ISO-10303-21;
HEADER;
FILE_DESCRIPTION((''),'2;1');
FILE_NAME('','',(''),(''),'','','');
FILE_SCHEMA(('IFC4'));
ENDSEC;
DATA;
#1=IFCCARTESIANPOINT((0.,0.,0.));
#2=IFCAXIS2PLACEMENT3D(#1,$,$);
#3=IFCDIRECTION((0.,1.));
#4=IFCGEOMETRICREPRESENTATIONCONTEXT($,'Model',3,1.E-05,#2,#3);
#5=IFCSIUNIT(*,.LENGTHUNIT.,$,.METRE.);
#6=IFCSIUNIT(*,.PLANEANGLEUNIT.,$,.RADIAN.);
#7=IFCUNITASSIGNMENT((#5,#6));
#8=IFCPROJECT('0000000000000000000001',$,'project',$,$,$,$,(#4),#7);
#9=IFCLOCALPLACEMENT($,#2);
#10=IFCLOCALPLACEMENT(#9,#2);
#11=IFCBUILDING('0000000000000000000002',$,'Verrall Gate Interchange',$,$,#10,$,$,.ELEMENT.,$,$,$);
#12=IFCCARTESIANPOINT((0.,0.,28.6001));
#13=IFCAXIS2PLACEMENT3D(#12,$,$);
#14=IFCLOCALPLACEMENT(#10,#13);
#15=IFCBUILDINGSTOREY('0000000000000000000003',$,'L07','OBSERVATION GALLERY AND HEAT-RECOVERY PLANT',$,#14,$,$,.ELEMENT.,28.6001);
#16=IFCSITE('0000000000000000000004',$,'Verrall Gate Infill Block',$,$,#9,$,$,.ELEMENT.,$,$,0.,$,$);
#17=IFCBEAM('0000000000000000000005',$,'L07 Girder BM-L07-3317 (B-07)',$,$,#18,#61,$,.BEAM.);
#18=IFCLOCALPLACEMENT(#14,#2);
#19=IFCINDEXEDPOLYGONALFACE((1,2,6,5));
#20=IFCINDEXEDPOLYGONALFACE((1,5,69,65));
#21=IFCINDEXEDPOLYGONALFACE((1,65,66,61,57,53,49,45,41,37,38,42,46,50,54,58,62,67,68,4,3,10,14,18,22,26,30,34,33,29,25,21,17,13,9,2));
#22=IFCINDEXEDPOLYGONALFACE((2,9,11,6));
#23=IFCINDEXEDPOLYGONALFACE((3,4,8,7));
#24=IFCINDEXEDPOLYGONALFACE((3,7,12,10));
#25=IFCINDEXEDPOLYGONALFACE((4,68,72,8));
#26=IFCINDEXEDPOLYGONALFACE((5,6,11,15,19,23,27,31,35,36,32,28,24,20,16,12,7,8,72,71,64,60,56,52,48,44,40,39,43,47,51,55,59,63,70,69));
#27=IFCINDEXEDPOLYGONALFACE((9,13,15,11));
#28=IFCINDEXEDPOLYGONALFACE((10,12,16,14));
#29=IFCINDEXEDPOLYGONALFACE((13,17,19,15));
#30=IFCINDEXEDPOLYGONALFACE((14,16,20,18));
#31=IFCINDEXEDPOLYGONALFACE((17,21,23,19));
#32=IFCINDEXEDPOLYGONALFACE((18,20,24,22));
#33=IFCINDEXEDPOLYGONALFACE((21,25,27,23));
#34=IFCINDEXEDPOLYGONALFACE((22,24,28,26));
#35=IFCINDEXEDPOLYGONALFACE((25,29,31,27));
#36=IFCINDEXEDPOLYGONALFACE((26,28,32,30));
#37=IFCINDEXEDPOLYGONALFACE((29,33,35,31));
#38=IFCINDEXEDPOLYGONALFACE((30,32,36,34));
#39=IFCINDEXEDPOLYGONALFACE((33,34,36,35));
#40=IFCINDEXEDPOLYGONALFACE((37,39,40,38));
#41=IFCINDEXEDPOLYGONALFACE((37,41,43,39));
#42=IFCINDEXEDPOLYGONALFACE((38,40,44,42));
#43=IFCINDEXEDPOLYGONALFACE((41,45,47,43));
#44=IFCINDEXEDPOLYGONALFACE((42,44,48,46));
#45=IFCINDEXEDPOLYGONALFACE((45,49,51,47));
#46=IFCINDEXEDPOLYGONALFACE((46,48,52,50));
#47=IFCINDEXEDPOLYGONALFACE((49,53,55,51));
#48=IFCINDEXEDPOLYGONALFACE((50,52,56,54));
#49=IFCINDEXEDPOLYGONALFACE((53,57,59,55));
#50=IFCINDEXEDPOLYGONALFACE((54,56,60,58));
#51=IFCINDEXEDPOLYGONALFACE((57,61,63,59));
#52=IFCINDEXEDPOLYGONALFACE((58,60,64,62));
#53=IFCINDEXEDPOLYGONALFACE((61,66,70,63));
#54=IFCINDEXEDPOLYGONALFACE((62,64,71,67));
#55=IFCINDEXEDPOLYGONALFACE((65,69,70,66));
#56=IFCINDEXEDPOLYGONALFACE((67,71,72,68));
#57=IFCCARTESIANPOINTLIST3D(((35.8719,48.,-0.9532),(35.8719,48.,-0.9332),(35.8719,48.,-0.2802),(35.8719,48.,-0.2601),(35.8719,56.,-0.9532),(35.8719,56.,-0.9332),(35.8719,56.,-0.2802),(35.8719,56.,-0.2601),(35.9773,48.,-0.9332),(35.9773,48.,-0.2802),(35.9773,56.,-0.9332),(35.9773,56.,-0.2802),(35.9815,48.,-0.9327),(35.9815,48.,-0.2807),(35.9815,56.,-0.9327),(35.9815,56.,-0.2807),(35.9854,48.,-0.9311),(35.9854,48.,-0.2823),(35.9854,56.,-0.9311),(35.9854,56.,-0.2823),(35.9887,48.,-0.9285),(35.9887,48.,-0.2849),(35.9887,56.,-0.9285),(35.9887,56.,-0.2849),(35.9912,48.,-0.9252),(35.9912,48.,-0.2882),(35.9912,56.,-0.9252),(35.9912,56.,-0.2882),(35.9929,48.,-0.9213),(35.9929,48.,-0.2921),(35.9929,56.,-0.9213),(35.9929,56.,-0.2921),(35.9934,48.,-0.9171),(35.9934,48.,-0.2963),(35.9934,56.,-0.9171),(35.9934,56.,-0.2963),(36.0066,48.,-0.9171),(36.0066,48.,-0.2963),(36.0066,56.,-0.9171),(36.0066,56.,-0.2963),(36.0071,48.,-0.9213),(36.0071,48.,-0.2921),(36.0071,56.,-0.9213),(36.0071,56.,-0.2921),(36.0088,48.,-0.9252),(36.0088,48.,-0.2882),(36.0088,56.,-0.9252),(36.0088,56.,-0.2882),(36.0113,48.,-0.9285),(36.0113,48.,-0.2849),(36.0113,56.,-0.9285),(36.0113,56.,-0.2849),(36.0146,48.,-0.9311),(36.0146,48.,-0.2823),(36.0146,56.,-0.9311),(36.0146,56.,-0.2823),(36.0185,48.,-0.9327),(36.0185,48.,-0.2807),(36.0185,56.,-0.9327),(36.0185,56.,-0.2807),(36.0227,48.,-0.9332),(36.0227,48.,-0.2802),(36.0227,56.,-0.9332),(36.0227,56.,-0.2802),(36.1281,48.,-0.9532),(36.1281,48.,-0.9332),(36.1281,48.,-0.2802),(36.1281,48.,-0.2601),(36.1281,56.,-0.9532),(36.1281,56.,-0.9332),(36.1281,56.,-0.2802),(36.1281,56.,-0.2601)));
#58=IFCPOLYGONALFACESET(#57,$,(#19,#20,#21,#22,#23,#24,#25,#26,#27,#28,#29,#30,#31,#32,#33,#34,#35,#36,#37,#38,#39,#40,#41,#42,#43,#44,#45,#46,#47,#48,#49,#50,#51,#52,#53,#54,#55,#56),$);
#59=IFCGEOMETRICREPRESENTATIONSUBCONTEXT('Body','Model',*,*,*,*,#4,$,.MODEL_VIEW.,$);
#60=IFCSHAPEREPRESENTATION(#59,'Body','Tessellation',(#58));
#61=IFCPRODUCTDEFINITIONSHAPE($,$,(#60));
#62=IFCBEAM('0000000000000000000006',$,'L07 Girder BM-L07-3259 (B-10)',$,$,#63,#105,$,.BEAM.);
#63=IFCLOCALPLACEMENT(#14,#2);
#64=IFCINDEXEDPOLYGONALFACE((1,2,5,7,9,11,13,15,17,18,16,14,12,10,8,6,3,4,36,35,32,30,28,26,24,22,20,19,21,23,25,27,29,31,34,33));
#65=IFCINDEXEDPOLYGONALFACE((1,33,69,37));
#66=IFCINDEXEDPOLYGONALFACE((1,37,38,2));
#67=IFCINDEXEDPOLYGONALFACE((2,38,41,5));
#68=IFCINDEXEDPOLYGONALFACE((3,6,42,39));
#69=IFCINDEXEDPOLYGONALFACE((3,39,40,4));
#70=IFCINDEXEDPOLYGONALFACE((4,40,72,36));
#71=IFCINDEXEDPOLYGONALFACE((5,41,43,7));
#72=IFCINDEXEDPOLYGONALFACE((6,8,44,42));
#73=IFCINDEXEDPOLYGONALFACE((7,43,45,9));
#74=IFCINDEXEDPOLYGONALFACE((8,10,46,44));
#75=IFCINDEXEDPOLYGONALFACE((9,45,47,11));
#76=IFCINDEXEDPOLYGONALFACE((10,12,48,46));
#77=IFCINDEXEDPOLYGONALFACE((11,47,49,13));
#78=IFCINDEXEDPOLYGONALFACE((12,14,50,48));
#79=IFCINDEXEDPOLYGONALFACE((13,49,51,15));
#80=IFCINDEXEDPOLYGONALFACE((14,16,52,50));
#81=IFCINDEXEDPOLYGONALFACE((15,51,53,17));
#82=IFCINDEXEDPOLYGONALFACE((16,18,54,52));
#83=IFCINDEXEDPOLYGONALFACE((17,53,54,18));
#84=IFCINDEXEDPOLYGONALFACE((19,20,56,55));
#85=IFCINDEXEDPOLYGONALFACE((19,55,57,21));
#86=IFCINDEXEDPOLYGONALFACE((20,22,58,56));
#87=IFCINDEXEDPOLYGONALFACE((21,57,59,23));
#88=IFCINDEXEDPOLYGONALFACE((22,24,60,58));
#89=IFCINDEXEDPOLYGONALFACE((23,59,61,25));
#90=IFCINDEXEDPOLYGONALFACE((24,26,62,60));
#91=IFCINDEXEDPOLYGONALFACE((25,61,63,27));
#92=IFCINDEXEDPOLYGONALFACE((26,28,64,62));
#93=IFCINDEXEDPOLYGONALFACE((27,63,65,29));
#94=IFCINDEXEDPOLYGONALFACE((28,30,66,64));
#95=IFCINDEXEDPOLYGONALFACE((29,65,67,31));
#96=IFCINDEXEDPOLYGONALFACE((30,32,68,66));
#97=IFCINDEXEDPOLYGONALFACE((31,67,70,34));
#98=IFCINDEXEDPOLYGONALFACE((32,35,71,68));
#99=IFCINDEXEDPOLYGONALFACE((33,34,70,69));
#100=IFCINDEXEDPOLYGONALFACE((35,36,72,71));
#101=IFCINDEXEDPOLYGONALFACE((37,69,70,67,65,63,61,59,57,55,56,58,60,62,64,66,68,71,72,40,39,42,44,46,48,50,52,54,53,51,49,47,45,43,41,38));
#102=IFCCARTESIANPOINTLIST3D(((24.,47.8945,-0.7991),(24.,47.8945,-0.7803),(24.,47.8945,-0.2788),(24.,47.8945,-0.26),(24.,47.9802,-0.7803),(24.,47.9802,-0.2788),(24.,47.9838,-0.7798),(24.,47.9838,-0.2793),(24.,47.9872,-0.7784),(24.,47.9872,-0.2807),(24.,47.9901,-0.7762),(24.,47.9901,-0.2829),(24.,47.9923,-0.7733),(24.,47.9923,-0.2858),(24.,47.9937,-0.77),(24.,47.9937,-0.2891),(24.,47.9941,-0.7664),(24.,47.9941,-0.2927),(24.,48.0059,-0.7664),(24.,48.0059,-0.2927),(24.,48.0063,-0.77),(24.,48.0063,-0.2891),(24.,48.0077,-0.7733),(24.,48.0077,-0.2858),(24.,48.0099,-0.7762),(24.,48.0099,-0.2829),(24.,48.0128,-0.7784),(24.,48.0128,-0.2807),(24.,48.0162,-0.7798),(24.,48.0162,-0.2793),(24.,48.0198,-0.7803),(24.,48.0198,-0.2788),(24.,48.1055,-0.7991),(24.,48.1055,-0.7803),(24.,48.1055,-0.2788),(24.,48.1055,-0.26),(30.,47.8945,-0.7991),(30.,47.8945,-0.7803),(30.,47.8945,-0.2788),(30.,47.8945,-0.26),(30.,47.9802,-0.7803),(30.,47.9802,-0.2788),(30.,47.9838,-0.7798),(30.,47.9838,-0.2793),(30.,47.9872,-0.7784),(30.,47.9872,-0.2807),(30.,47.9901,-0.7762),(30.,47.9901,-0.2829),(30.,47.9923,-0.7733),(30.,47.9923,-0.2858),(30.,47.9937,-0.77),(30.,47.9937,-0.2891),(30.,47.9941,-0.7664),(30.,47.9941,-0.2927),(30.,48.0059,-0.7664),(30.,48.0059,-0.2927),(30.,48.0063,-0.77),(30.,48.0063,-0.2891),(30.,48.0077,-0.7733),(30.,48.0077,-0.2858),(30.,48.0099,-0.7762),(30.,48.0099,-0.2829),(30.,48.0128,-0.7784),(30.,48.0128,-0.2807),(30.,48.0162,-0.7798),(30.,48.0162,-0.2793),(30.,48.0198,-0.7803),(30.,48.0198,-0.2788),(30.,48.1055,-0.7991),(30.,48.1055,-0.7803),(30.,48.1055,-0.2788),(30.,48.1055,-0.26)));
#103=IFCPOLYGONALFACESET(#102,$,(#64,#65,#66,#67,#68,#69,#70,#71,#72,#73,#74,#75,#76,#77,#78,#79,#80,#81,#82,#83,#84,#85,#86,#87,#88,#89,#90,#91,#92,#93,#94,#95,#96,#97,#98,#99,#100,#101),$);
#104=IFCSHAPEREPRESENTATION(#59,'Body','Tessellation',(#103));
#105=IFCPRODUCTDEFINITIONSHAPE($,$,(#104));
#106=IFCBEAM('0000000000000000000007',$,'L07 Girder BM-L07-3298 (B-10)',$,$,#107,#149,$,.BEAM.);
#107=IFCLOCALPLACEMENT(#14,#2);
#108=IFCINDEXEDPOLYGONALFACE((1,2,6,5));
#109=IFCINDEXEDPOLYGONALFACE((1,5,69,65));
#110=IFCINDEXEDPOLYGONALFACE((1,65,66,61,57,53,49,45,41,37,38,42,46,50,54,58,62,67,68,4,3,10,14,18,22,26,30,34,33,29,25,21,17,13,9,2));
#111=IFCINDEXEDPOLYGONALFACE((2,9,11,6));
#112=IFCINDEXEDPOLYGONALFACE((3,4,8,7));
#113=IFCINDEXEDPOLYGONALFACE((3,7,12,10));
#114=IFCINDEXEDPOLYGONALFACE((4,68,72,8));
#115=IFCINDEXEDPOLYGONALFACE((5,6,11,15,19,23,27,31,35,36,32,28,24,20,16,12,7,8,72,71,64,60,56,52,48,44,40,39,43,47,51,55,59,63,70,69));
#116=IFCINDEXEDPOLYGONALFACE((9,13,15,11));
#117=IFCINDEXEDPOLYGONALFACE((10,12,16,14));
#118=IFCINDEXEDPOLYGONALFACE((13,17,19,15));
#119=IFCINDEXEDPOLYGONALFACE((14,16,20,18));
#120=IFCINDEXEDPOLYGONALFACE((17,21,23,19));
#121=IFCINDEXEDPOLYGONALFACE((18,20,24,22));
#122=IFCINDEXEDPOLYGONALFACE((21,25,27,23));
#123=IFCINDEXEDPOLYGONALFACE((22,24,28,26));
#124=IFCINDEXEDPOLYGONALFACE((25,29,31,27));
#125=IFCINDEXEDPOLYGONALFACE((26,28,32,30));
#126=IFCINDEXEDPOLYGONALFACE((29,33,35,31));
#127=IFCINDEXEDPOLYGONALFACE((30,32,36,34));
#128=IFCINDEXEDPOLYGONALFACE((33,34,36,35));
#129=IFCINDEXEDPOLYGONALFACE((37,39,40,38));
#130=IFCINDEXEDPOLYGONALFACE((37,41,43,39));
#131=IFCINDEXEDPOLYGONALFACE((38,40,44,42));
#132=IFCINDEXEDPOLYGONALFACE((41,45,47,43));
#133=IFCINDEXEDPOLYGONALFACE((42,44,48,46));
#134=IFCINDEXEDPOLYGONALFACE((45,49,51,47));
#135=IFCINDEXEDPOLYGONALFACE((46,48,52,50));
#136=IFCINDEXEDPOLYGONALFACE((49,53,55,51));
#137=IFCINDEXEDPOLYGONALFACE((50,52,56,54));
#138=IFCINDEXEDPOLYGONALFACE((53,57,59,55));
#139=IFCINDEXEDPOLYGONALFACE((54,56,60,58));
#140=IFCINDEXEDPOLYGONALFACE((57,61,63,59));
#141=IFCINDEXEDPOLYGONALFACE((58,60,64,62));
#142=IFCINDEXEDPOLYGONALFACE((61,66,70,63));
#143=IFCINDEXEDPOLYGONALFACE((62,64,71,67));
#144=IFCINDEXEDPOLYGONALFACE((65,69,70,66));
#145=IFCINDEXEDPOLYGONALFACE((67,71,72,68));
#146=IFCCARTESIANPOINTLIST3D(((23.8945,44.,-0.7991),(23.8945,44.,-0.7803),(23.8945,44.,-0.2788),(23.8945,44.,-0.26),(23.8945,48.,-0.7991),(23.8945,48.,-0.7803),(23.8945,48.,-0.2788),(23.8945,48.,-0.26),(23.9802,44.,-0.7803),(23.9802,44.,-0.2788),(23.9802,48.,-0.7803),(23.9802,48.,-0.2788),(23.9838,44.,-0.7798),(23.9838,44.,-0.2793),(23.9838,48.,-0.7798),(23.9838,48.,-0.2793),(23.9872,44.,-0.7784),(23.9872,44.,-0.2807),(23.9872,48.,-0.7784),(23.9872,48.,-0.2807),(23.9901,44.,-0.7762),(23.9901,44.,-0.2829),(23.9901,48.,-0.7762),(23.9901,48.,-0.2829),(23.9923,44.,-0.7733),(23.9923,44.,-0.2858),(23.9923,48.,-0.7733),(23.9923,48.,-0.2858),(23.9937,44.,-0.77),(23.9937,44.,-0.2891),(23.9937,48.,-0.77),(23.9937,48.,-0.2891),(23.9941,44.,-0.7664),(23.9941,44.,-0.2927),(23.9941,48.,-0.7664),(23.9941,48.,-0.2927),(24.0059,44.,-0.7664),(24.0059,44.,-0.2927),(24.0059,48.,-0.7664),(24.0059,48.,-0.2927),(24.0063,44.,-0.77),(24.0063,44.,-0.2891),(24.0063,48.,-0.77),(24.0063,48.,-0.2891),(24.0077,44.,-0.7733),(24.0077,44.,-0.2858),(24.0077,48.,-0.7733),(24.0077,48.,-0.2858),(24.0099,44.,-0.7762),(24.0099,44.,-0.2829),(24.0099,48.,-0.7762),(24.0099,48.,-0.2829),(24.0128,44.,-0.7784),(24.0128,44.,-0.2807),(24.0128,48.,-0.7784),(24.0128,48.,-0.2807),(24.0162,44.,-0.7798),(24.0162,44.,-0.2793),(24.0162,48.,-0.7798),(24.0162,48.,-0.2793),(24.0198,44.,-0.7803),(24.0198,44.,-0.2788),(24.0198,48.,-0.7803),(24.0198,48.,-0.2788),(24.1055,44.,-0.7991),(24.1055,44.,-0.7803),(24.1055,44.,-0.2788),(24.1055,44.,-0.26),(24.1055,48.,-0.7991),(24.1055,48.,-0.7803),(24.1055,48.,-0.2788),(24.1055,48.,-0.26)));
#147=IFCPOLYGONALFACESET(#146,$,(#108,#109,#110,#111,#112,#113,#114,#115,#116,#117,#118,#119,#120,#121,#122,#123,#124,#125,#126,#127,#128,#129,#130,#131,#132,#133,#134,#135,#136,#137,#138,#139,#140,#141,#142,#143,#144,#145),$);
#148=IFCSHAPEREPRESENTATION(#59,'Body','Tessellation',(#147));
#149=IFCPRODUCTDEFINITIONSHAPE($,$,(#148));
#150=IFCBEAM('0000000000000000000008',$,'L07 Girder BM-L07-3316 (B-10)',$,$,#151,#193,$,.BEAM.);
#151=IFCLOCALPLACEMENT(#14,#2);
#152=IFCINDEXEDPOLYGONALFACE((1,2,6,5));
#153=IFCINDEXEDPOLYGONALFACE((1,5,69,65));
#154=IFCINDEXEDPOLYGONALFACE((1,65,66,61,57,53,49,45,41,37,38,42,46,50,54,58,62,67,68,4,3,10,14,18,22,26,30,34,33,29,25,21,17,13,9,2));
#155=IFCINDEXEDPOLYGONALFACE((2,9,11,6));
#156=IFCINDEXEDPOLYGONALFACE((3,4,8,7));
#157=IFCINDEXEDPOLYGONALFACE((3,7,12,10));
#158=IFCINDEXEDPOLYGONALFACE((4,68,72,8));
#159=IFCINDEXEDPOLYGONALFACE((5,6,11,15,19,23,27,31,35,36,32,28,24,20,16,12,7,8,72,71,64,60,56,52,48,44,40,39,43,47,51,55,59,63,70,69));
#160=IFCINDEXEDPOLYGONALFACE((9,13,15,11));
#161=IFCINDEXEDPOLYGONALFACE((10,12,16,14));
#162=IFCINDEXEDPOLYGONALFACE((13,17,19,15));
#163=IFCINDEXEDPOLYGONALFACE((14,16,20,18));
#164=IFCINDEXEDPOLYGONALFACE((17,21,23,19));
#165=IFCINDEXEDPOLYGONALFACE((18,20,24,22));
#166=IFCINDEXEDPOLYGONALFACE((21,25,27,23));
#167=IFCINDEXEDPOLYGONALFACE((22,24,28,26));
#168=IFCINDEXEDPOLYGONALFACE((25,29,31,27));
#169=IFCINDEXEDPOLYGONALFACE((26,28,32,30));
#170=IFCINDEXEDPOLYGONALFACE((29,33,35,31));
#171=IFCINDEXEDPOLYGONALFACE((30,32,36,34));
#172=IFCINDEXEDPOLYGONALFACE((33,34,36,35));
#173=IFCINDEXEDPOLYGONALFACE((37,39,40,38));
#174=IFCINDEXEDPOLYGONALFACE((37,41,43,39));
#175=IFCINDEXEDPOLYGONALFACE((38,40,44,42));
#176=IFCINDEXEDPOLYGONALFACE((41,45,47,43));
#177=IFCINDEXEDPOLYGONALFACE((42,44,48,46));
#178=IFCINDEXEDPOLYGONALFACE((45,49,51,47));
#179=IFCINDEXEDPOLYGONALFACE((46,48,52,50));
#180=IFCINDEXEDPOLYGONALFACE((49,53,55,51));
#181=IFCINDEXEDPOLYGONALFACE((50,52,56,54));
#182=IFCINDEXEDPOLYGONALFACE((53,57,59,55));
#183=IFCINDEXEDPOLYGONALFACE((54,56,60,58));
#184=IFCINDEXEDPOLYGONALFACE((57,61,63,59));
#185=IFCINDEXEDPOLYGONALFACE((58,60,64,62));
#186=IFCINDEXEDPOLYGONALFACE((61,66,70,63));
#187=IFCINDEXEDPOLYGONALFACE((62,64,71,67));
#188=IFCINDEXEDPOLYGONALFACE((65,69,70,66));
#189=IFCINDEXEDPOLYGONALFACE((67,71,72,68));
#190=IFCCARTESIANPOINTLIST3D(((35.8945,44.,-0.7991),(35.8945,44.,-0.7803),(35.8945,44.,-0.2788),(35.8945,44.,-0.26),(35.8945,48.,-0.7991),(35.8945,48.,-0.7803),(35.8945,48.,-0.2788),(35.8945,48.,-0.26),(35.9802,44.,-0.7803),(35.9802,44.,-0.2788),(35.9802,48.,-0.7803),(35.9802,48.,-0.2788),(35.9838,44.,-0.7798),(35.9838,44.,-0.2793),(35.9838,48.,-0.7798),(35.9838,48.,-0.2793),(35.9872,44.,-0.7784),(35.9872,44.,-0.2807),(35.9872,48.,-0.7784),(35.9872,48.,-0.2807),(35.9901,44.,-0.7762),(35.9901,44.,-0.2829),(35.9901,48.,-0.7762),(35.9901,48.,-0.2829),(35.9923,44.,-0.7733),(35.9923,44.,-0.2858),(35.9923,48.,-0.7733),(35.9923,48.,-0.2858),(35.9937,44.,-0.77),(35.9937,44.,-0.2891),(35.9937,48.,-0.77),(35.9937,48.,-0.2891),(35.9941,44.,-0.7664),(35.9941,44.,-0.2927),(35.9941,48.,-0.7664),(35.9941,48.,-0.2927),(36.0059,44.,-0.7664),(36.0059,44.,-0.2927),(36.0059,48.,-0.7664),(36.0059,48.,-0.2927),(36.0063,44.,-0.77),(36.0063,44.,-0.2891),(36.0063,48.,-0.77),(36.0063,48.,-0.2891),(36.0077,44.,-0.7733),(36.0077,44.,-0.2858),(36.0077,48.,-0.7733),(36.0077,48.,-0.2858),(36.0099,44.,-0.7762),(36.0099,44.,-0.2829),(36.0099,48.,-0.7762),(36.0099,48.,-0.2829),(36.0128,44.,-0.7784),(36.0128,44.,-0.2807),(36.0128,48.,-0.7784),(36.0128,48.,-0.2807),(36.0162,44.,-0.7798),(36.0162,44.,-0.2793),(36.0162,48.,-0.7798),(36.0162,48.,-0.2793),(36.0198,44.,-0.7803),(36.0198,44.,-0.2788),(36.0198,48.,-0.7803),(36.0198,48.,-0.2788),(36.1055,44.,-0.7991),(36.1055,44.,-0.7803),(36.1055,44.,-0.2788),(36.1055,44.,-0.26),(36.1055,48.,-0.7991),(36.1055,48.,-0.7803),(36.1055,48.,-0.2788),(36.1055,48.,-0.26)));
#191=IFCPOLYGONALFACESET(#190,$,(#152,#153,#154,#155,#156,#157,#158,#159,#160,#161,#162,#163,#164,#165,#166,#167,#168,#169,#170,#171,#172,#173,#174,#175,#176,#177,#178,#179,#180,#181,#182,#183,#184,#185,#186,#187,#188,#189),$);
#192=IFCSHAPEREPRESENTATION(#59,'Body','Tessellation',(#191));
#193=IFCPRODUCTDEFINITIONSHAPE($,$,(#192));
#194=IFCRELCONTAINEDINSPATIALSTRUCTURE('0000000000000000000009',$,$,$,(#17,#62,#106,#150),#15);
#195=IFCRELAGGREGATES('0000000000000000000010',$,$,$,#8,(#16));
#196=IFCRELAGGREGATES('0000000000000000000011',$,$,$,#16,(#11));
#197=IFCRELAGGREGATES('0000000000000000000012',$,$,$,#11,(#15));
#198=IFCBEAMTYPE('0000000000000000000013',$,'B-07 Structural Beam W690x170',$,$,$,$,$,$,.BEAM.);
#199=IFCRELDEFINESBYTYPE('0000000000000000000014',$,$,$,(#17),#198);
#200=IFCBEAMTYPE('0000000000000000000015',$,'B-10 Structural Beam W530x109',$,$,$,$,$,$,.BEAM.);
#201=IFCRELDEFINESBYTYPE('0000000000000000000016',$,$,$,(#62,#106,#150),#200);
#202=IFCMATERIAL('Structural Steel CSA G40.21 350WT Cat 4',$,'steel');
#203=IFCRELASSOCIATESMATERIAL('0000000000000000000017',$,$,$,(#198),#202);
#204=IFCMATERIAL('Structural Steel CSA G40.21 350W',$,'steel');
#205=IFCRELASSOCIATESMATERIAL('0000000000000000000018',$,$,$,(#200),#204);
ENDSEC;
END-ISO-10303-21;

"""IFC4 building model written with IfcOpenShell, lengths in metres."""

from ifc_helpers import new_model, si_unit, direction, frame, origin, origin_2d, place, context, subcontext, project, spatial, i_section, extrude, material, material_profile, profile_set, type_object, element, save


model = new_model("IFC4")

# Units and contexts
model_context = context("Model", 3, precision=1e-05, world=origin(), true_north=direction((0.0, 1.0)))
body_context = subcontext(model_context, "Body", "Model", "MODEL_VIEW")
ifc_project = project(units=[si_unit("LENGTHUNIT", "METRE"), si_unit("PLANEANGLEUNIT", "RADIAN")], contexts=[model_context])

# Site, building, storey
site_placement = place(None, origin())
site = spatial("IfcSite", under=ifc_project, at=site_placement, Name="Verrall Gate Infill Block", CompositionType="ELEMENT", RefElevation=0.0)
building_placement = place(site_placement, origin())
building = spatial("IfcBuilding", under=site, at=building_placement, Name="Verrall Gate Interchange", CompositionType="ELEMENT")
storey_placement = place(building_placement, frame((0.0, 0.0, 28.6001)))
storey = spatial("IfcBuildingStorey", under=building, at=storey_placement, Name="L07", Description="OBSERVATION GALLERY AND HEAT-RECOVERY PLANT", CompositionType="ELEMENT", Elevation=28.6001)

# Beams
ifc_material_1 = material(Name="Structural Steel CSA G40.21 350WT Cat 4", Category="steel")
ifc_material_profile_1 = material_profile(ifc_material_1, i_section(OverallWidth=0.2561, OverallDepth=0.6931, WebThickness=0.0132, FlangeThickness=0.02, FilletRadius=0.0161, at=origin_2d()), Name="W690x170")
ifc_profile_set_1 = profile_set([ifc_material_profile_1], Name="Structural Steel CSA G40.21 350WT Cat 4")
beam_type_1 = type_object("IfcBeamType", Name="B-07 Structural Beam W690x170", PredefinedType="BEAM", material=ifc_profile_set_1)
for number, where, z_axis, x_axis, name in (
    (1, (36.0, 48.0, -0.6067), (0.0, 1.0, 0.0), (-1.0, 0.0, 0.0), "L07 Girder BM-L07-3317 (B-07)"),
):
    element("IfcBeam", number, at=place(storey_placement, frame(where, z_axis=z_axis, x_axis=x_axis)), inside=storey, type_object=beam_type_1, Name=name, PredefinedType="BEAM", context=body_context, shape_type="SweptSolid", body=[
        extrude(i_section(OverallWidth=0.2561, OverallDepth=0.6931, WebThickness=0.0132, FlangeThickness=0.02, FilletRadius=0.0161, at=origin_2d()), origin(), (0.0, 0.0, 1.0), 8.0),
    ])
ifc_material_2 = material(Name="Structural Steel CSA G40.21 350W", Category="steel")
ifc_material_profile_2 = material_profile(ifc_material_2, i_section(OverallWidth=0.2109, OverallDepth=0.5391, WebThickness=0.0117, FlangeThickness=0.0188, FilletRadius=0.0139, at=origin_2d()), Name="W530x109")
ifc_profile_set_2 = profile_set([ifc_material_profile_2], Name="Structural Steel CSA G40.21 350W")
beam_type_2 = type_object("IfcBeamType", Name="B-10 Structural Beam W530x109", PredefinedType="BEAM", material=ifc_profile_set_2)
beam_1_placement = place(storey_placement, frame((24.0, 48.0, -0.5295), z_axis=(1.0, 0.0, 0.0), x_axis=(0.0, 1.0, 0.0)))
element("IfcBeam", 2, at=beam_1_placement, inside=storey, type_object=beam_type_2, Name="L07 Girder BM-L07-3259 (B-10)", PredefinedType="BEAM", context=body_context, shape_type="SweptSolid", body=[
    extrude(i_section(OverallWidth=0.2109, OverallDepth=0.5391, WebThickness=0.0117, FlangeThickness=0.0188, FilletRadius=0.0139, at=origin_2d()), origin(), (0.0, 0.0, 1.0), 6.0),
])
for number, where, z_axis, x_axis, name in (
    (3, (24.0, 44.0, -0.5295), (0.0, 1.0, 0.0), (-1.0, 0.0, 0.0), "L07 Girder BM-L07-3298 (B-10)"),
    (4, (36.0, 44.0, -0.5295), (0.0, 1.0, 0.0), (-1.0, 0.0, 0.0), "L07 Girder BM-L07-3316 (B-10)"),
):
    element("IfcBeam", number, at=place(storey_placement, frame(where, z_axis=z_axis, x_axis=x_axis)), inside=storey, type_object=beam_type_2, Name=name, PredefinedType="BEAM", context=body_context, shape_type="SweptSolid", body=[
        extrude(i_section(OverallWidth=0.2109, OverallDepth=0.5391, WebThickness=0.0117, FlangeThickness=0.0188, FilletRadius=0.0139, at=origin_2d()), origin(), (0.0, 0.0, 1.0), 4.0),
    ])

save(model, "model.ifc")
